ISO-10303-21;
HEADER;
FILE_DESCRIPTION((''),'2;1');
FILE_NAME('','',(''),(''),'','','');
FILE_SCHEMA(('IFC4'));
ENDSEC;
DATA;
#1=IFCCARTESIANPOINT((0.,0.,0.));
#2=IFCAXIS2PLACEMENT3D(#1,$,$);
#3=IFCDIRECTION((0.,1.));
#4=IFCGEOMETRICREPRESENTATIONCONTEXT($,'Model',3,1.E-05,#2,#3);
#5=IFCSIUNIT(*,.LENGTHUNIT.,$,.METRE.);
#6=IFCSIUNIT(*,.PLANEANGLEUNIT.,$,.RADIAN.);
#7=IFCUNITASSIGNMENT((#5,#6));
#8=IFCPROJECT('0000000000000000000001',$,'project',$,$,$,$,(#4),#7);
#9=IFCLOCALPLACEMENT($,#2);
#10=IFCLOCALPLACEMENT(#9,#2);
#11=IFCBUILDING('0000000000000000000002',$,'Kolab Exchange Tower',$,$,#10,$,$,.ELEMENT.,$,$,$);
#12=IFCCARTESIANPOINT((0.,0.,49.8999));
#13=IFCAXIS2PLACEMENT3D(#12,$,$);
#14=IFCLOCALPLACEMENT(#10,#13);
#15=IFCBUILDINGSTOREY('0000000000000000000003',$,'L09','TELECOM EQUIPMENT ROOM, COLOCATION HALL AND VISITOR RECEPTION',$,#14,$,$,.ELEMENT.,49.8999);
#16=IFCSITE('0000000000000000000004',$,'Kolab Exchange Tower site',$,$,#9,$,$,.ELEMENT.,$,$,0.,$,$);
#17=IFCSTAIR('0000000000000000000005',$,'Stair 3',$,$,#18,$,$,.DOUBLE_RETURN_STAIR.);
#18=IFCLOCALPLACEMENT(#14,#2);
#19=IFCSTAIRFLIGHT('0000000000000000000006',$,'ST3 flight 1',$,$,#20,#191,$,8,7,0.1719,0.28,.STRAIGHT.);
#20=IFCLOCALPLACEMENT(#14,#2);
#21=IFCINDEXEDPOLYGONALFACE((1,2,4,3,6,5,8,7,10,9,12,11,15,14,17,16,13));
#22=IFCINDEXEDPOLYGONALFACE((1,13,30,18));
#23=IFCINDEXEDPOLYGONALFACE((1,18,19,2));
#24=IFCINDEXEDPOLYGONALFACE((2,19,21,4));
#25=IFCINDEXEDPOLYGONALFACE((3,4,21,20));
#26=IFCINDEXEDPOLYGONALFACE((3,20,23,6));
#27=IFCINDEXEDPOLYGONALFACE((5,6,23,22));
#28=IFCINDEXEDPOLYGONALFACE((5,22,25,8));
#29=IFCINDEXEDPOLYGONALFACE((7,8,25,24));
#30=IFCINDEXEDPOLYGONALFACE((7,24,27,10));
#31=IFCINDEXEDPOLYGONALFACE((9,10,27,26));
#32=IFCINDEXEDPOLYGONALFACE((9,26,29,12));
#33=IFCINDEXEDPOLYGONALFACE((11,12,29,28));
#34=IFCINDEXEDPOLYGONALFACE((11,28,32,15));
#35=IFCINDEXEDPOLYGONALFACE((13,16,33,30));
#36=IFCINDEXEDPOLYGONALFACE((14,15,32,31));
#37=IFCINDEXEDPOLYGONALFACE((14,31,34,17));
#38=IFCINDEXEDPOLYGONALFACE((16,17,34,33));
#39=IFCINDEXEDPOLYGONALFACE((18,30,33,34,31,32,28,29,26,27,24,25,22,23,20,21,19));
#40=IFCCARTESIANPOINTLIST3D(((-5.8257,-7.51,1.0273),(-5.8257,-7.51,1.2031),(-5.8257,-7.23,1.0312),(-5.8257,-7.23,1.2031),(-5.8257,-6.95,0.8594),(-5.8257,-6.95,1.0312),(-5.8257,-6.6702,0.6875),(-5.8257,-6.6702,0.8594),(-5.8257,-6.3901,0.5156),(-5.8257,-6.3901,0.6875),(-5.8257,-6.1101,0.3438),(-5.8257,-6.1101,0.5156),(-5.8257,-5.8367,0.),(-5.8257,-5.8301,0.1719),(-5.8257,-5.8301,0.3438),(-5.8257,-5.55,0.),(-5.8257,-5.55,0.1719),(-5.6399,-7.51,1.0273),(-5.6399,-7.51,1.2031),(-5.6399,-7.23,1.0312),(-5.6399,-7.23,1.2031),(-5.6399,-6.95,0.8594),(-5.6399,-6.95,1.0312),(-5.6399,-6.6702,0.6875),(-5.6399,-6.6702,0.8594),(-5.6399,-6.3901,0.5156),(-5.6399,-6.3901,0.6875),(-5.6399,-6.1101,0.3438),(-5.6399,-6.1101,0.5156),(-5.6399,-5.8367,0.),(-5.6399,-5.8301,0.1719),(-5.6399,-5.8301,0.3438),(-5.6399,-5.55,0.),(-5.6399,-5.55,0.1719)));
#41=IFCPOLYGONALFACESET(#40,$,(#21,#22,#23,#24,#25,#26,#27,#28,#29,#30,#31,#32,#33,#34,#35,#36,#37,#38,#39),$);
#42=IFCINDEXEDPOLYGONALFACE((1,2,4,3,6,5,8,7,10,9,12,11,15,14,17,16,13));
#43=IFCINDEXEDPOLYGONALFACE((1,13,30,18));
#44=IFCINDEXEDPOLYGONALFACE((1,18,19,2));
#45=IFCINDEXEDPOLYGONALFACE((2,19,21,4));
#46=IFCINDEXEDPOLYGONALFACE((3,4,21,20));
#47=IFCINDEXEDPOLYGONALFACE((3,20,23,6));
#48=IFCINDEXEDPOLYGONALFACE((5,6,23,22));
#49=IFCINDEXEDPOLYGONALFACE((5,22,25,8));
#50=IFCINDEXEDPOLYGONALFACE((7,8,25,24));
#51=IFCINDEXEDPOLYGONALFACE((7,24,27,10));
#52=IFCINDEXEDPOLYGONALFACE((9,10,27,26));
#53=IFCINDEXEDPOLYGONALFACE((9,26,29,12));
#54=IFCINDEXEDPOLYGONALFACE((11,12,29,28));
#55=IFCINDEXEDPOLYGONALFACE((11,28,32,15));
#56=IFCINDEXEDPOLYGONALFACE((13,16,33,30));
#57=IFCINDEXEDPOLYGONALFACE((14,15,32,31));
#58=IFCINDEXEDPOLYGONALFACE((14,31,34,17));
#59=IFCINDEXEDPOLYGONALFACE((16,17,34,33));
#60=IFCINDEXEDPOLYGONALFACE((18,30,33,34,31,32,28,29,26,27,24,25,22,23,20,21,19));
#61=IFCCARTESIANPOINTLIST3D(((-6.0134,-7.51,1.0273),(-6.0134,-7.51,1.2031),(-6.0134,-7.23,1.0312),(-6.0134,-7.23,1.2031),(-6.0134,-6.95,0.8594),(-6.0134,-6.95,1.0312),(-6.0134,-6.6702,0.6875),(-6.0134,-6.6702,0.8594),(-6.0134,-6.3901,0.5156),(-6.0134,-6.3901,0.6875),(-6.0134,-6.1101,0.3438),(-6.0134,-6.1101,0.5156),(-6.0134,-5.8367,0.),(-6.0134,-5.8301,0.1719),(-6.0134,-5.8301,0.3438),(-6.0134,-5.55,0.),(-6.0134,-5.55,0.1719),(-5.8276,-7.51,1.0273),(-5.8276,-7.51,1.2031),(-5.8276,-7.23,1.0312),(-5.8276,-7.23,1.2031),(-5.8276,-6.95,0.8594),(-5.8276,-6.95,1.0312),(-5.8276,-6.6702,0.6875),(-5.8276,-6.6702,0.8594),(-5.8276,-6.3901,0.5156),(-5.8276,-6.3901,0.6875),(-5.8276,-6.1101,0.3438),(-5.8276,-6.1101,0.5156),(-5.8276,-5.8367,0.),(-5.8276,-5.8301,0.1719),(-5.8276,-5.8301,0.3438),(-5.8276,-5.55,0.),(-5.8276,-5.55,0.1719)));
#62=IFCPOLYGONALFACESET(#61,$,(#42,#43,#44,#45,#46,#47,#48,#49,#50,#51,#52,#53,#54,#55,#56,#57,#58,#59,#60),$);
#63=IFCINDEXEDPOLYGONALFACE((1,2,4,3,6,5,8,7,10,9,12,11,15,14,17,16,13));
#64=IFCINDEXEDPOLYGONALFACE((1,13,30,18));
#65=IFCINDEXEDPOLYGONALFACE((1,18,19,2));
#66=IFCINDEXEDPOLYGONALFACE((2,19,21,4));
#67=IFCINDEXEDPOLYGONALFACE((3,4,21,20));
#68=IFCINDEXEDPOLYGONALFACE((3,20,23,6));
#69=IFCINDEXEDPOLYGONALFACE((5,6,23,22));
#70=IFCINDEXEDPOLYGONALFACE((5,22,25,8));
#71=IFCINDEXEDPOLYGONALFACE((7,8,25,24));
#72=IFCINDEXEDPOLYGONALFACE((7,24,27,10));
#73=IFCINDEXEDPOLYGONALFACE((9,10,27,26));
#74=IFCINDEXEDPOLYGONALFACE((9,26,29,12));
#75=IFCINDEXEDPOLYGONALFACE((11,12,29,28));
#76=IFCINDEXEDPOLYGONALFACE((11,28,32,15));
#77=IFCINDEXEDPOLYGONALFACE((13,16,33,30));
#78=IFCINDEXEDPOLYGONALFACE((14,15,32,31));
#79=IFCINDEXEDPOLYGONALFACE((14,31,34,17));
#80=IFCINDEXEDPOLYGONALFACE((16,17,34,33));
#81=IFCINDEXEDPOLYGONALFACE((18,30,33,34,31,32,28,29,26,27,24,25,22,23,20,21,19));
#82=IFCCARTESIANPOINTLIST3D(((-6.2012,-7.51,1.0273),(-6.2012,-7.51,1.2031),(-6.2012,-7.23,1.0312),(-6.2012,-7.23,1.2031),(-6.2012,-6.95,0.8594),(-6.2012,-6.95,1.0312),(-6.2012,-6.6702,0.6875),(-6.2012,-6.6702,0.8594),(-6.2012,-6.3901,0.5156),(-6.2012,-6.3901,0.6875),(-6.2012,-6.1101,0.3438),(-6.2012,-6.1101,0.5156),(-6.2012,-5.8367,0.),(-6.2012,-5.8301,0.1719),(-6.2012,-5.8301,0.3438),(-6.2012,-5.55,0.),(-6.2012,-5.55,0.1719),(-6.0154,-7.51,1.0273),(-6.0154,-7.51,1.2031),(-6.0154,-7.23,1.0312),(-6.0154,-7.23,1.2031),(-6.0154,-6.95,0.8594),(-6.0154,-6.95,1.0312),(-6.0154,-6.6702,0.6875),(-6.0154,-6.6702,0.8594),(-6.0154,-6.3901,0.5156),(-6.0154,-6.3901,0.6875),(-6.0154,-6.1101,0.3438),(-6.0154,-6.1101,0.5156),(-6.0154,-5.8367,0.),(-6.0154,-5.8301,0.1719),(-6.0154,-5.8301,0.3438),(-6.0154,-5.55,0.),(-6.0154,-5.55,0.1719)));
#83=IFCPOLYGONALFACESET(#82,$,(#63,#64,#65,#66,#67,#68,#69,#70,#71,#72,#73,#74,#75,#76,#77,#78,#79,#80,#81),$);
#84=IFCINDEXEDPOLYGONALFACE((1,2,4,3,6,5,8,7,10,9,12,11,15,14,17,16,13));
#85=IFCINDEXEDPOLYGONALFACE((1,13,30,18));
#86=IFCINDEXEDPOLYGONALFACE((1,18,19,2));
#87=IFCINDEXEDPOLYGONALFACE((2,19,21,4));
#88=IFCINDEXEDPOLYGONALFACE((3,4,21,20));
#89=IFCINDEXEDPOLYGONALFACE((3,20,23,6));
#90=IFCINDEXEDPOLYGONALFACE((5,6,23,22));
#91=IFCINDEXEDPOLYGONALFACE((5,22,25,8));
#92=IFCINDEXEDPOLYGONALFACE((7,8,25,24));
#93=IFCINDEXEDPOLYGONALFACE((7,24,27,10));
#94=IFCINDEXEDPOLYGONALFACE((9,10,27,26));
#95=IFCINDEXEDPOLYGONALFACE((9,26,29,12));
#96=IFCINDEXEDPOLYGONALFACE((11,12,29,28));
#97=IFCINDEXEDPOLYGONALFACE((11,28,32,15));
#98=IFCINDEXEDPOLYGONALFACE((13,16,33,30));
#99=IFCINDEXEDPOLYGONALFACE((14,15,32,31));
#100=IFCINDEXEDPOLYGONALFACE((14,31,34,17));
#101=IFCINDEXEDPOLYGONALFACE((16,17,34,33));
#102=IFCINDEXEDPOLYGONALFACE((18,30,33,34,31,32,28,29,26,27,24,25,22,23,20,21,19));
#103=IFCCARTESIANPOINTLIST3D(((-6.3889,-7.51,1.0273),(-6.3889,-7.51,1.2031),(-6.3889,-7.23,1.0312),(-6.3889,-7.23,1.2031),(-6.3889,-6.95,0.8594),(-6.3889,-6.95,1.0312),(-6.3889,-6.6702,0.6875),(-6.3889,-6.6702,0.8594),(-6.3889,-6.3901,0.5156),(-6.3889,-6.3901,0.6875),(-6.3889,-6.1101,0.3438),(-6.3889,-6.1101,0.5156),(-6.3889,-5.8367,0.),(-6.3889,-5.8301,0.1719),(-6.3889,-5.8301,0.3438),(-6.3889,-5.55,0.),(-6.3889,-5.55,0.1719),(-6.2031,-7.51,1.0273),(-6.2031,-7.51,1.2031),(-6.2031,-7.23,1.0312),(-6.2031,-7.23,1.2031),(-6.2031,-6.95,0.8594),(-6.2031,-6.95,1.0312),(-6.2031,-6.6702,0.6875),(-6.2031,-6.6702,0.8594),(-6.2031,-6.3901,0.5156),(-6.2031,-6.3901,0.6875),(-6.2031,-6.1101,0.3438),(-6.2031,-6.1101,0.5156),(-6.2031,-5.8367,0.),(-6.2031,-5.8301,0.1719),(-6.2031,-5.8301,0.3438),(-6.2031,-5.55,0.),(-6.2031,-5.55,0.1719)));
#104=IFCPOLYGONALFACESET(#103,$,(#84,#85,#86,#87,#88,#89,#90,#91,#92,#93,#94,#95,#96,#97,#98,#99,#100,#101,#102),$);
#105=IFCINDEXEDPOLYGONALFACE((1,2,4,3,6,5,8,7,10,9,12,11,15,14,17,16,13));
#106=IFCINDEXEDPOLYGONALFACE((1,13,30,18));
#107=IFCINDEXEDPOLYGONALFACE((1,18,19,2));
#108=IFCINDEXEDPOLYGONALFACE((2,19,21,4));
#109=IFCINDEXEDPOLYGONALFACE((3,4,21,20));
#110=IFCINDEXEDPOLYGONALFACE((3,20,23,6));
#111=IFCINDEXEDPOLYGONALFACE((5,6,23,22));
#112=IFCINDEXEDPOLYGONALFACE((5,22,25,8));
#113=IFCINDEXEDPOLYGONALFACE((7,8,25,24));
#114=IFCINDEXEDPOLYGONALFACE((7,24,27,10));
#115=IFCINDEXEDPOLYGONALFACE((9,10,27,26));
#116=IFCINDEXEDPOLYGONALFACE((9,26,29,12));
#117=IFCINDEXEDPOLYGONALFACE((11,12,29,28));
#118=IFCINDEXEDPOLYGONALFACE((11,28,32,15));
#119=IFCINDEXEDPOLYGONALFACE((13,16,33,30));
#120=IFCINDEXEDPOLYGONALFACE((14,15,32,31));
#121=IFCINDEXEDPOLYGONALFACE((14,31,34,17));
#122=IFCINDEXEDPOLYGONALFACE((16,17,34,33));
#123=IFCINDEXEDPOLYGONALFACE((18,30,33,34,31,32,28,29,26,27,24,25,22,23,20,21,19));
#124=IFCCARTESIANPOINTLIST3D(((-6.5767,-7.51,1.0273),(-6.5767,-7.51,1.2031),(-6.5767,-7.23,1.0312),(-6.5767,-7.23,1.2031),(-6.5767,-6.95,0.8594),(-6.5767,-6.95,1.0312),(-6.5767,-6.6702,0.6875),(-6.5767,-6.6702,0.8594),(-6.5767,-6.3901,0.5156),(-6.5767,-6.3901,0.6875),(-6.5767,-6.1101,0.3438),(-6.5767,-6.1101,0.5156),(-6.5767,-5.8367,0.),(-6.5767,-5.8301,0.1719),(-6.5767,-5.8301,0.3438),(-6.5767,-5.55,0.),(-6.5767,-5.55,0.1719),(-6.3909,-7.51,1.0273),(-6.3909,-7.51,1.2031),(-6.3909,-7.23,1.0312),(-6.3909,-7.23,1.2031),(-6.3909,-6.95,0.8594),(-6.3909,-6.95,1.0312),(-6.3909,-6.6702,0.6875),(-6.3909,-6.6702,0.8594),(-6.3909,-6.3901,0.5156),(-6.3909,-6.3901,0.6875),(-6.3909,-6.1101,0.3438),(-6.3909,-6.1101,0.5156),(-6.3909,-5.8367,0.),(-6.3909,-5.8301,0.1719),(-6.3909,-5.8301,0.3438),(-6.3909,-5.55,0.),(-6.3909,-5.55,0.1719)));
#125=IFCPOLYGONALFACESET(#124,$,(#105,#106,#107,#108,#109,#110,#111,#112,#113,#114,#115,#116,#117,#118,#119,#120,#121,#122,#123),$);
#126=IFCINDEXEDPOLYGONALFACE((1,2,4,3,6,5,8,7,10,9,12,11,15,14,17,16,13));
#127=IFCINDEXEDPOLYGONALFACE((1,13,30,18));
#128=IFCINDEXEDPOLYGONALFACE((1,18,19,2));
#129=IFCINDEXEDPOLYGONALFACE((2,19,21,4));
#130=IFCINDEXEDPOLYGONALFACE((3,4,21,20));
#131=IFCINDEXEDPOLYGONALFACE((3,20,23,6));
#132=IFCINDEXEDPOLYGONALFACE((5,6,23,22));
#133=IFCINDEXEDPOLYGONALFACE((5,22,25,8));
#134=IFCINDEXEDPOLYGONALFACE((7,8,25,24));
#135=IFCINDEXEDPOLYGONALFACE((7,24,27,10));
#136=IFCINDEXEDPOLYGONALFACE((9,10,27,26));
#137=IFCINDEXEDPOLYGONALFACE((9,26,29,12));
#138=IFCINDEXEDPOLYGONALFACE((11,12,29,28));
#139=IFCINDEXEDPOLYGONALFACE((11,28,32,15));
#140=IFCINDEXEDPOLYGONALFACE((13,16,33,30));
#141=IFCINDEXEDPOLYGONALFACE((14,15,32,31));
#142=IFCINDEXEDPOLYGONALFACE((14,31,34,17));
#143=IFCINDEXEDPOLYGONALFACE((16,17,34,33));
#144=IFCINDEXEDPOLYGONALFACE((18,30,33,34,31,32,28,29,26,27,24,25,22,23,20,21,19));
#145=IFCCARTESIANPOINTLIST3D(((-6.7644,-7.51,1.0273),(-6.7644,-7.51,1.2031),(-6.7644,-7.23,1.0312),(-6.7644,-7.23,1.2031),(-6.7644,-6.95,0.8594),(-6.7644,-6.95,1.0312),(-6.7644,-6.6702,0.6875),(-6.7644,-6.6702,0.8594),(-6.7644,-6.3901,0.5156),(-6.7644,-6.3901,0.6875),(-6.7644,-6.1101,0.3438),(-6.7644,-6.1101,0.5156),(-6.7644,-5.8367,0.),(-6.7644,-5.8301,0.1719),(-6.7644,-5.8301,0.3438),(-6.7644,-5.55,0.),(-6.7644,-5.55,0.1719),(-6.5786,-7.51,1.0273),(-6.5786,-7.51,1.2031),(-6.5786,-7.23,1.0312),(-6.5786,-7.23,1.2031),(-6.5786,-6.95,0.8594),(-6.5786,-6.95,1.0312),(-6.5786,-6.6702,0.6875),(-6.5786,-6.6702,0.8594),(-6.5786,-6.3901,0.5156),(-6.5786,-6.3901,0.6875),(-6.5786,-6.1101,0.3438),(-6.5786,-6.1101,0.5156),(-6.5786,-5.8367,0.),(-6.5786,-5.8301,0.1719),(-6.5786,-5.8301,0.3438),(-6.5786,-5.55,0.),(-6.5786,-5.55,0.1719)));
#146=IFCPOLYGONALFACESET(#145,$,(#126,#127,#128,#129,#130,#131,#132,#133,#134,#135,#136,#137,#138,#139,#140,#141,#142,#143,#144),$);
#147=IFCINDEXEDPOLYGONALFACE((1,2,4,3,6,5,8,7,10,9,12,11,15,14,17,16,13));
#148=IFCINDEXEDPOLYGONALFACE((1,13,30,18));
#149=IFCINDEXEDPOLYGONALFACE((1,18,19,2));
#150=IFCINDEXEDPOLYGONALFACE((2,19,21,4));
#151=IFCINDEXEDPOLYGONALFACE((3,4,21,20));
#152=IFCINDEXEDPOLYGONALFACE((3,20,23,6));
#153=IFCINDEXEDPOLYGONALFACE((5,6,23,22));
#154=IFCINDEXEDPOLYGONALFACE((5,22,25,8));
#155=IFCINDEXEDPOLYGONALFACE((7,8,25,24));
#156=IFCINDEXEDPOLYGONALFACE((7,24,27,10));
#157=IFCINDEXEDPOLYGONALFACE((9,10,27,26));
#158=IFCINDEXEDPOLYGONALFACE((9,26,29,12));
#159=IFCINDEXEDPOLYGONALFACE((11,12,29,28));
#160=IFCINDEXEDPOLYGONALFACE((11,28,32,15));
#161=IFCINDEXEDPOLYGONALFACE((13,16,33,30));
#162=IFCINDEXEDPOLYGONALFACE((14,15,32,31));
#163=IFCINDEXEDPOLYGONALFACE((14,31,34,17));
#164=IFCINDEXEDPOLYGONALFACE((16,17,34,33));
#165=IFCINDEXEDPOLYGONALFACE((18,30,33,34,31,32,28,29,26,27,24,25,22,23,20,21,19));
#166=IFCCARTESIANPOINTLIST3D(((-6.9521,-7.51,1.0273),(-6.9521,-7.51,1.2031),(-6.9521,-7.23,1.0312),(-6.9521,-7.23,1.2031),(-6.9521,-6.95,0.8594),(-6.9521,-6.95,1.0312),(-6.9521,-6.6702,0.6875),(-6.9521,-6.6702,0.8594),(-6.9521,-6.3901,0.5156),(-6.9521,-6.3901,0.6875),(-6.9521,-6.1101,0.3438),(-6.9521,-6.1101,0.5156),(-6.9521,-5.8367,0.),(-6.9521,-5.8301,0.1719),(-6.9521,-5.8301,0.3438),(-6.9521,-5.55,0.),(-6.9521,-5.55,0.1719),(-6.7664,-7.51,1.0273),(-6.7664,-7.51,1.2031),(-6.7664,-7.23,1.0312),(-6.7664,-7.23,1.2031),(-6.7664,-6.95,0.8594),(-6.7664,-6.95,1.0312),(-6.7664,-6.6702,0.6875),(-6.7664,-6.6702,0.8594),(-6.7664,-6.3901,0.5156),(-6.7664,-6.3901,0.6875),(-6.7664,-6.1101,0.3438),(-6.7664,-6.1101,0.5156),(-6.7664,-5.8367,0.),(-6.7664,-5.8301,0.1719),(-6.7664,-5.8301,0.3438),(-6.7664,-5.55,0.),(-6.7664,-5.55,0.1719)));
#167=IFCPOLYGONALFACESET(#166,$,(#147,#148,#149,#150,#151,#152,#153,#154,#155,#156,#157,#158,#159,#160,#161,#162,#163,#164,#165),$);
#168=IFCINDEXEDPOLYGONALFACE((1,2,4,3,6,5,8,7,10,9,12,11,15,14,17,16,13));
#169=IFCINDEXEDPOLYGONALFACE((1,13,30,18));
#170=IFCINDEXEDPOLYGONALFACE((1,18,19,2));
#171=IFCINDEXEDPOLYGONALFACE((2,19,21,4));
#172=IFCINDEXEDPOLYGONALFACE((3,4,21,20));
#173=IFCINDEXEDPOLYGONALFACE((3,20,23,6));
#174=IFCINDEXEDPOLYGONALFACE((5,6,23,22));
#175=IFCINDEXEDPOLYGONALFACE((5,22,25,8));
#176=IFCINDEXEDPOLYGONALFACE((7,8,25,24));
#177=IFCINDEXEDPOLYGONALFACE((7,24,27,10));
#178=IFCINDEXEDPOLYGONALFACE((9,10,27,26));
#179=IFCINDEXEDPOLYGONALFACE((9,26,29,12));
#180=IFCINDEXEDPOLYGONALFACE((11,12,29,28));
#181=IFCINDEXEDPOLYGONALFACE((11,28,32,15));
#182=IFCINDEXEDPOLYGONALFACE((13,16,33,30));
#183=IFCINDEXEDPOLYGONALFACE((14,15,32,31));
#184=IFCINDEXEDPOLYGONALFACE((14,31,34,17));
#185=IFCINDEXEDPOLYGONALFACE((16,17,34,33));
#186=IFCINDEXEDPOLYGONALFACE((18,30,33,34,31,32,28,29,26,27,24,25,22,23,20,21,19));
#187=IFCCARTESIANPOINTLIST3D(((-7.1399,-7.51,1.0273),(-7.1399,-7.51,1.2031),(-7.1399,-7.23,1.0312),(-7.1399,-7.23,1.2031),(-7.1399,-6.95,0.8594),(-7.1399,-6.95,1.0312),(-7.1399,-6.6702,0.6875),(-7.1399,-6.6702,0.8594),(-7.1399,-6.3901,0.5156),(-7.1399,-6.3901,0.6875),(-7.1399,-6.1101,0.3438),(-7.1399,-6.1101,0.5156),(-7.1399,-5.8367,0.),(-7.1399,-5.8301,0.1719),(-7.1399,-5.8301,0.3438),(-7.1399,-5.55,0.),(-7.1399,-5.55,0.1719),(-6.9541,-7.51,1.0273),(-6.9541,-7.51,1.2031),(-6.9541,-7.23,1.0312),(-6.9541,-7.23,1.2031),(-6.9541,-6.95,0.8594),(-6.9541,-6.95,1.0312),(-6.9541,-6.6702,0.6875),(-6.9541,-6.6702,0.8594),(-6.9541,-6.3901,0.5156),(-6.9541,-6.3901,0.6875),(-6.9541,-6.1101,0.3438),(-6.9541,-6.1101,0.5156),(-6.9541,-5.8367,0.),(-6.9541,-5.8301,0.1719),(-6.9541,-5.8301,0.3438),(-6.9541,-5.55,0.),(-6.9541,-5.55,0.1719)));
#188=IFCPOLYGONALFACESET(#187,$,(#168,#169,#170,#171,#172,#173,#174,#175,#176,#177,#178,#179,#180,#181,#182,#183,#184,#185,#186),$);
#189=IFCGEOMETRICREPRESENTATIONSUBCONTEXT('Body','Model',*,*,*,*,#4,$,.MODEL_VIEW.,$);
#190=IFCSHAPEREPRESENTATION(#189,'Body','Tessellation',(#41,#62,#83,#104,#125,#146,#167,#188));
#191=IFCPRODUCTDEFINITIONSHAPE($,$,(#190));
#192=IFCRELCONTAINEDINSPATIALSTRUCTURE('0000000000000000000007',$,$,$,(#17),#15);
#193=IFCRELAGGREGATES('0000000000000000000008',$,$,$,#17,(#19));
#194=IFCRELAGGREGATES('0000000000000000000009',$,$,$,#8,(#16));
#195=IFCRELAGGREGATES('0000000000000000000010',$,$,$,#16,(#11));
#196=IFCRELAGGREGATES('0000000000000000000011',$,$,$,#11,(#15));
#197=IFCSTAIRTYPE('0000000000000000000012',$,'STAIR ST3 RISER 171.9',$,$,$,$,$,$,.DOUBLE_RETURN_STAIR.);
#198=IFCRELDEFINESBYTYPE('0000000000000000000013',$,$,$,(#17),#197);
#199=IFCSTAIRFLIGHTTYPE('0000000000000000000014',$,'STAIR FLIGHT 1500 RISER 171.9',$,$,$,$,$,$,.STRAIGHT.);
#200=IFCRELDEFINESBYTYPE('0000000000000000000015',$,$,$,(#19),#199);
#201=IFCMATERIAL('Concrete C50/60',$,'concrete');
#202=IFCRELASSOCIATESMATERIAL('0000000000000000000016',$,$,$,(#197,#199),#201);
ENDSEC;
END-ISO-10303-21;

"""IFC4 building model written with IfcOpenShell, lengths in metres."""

from ifc_helpers import new_model, si_unit, direction, frame, origin, place, context, subcontext, project, spatial, polyline, outline, extrude, material, type_object, element, aggregate, save


model = new_model("IFC4")

# Units and contexts
model_context = context("Model", 3, precision=1e-05, world=origin(), true_north=direction((0.0, 1.0)))
body_context = subcontext(model_context, "Body", "Model", "MODEL_VIEW")
ifc_project = project(units=[si_unit("LENGTHUNIT", "METRE"), si_unit("PLANEANGLEUNIT", "RADIAN")], contexts=[model_context])

# Site, building, storey
site_placement = place(None, origin())
site = spatial("IfcSite", under=ifc_project, at=site_placement, Name="Kolab Exchange Tower site", CompositionType="ELEMENT", RefElevation=0.0)
building_placement = place(site_placement, origin())
building = spatial("IfcBuilding", under=site, at=building_placement, Name="Kolab Exchange Tower", CompositionType="ELEMENT")
storey_placement = place(building_placement, frame((0.0, 0.0, 49.8999)))
storey = spatial("IfcBuildingStorey", under=building, at=storey_placement, Name="L09", Description="TELECOM EQUIPMENT ROOM, COLOCATION HALL AND VISITOR RECEPTION", CompositionType="ELEMENT", Elevation=49.8999)

# Shared definitions
ifc_material_1 = material(Name="Concrete C50/60", Category="concrete")

# Stair, stair flight
stair_type = type_object("IfcStairType", Name="STAIR ST3 RISER 171.9", PredefinedType="DOUBLE_RETURN_STAIR", material=ifc_material_1)
stair_placement = place(storey_placement, origin())
stair = element("IfcStair", 1, at=stair_placement, inside=storey, type_object=stair_type, Name="Stair 3", PredefinedType="DOUBLE_RETURN_STAIR")
stair_flight_type = type_object("IfcStairFlightType", Name="STAIR FLIGHT 1500 RISER 171.9", PredefinedType="STRAIGHT", material=ifc_material_1)
stair_flight_1_placement = place(storey_placement, frame((-6.3899, -5.55, 0.0), z_axis=(0.0, 0.0, 1.0), x_axis=(0.0, -1.0, 0.0)))
stair_flight_1 = element("IfcStairFlight", 2, at=stair_flight_1_placement, type_object=stair_flight_type, Name="ST3 flight 1", NumberOfRisers=8, NumberOfTreads=7, PredefinedType="STRAIGHT", RiserHeight=0.1719, TreadLength=0.28, context=body_context, shape_type="SweptSolid", body=[
    extrude(outline(polyline([(0.0, 0.0), (0.0, 0.1719), (0.28, 0.1719), (0.28, 0.3438), (0.5601, 0.3438), (0.5601, 0.5156), (0.8401, 0.5156), (0.8401, 0.6875), (1.1201, 0.6875), (1.1201, 0.8594), (1.3999, 0.8594), (1.3999, 1.0312), (1.6799, 1.0312), (1.6799, 1.2031), (1.96, 1.2031), (1.96, 1.375), (1.96, 1.0273), (0.2866, 0.0), (0.0, 0.0)])), frame((0.0, 0.75, 0.0), z_axis=(0.0, -1.0, 0.0), x_axis=(1.0, 0.0, 0.0)), (0.0, 0.0, 1.0), 0.1858),
    extrude(outline(polyline([(0.0, 0.0), (0.0, 0.1719), (0.28, 0.1719), (0.28, 0.3438), (0.5601, 0.3438), (0.5601, 0.5156), (0.8401, 0.5156), (0.8401, 0.6875), (1.1201, 0.6875), (1.1201, 0.8594), (1.3999, 0.8594), (1.3999, 1.0312), (1.6799, 1.0312), (1.6799, 1.2031), (1.96, 1.2031), (1.96, 1.375), (1.96, 1.0273), (0.2866, 0.0), (0.0, 0.0)])), frame((0.0, 0.5623, 0.0), z_axis=(0.0, -1.0, 0.0), x_axis=(1.0, 0.0, 0.0)), (0.0, 0.0, 1.0), 0.1858),
    extrude(outline(polyline([(0.0, 0.0), (0.0, 0.1719), (0.28, 0.1719), (0.28, 0.3438), (0.5601, 0.3438), (0.5601, 0.5156), (0.8401, 0.5156), (0.8401, 0.6875), (1.1201, 0.6875), (1.1201, 0.8594), (1.3999, 0.8594), (1.3999, 1.0312), (1.6799, 1.0312), (1.6799, 1.2031), (1.96, 1.2031), (1.96, 1.375), (1.96, 1.0273), (0.2866, 0.0), (0.0, 0.0)])), frame((0.0, 0.3745, 0.0), z_axis=(0.0, -1.0, 0.0), x_axis=(1.0, 0.0, 0.0)), (0.0, 0.0, 1.0), 0.1858),
    extrude(outline(polyline([(0.0, 0.0), (0.0, 0.1719), (0.28, 0.1719), (0.28, 0.3438), (0.5601, 0.3438), (0.5601, 0.5156), (0.8401, 0.5156), (0.8401, 0.6875), (1.1201, 0.6875), (1.1201, 0.8594), (1.3999, 0.8594), (1.3999, 1.0312), (1.6799, 1.0312), (1.6799, 1.2031), (1.96, 1.2031), (1.96, 1.375), (1.96, 1.0273), (0.2866, 0.0), (0.0, 0.0)])), frame((0.0, 0.1868, 0.0), z_axis=(0.0, -1.0, 0.0), x_axis=(1.0, 0.0, 0.0)), (0.0, 0.0, 1.0), 0.1858),
    extrude(outline(polyline([(0.0, 0.0), (0.0, 0.1719), (0.28, 0.1719), (0.28, 0.3438), (0.5601, 0.3438), (0.5601, 0.5156), (0.8401, 0.5156), (0.8401, 0.6875), (1.1201, 0.6875), (1.1201, 0.8594), (1.3999, 0.8594), (1.3999, 1.0312), (1.6799, 1.0312), (1.6799, 1.2031), (1.96, 1.2031), (1.96, 1.375), (1.96, 1.0273), (0.2866, 0.0), (0.0, 0.0)])), frame((0.0, -0.001, 0.0), z_axis=(0.0, -1.0, 0.0), x_axis=(1.0, 0.0, 0.0)), (0.0, 0.0, 1.0), 0.1858),
    extrude(outline(polyline([(0.0, 0.0), (0.0, 0.1719), (0.28, 0.1719), (0.28, 0.3438), (0.5601, 0.3438), (0.5601, 0.5156), (0.8401, 0.5156), (0.8401, 0.6875), (1.1201, 0.6875), (1.1201, 0.8594), (1.3999, 0.8594), (1.3999, 1.0312), (1.6799, 1.0312), (1.6799, 1.2031), (1.96, 1.2031), (1.96, 1.375), (1.96, 1.0273), (0.2866, 0.0), (0.0, 0.0)])), frame((0.0, -0.1887, 0.0), z_axis=(0.0, -1.0, 0.0), x_axis=(1.0, 0.0, 0.0)), (0.0, 0.0, 1.0), 0.1858),
    extrude(outline(polyline([(0.0, 0.0), (0.0, 0.1719), (0.28, 0.1719), (0.28, 0.3438), (0.5601, 0.3438), (0.5601, 0.5156), (0.8401, 0.5156), (0.8401, 0.6875), (1.1201, 0.6875), (1.1201, 0.8594), (1.3999, 0.8594), (1.3999, 1.0312), (1.6799, 1.0312), (1.6799, 1.2031), (1.96, 1.2031), (1.96, 1.375), (1.96, 1.0273), (0.2866, 0.0), (0.0, 0.0)])), frame((0.0, -0.3765, 0.0), z_axis=(0.0, -1.0, 0.0), x_axis=(1.0, 0.0, 0.0)), (0.0, 0.0, 1.0), 0.1858),
    extrude(outline(polyline([(0.0, 0.0), (0.0, 0.1719), (0.28, 0.1719), (0.28, 0.3438), (0.5601, 0.3438), (0.5601, 0.5156), (0.8401, 0.5156), (0.8401, 0.6875), (1.1201, 0.6875), (1.1201, 0.8594), (1.3999, 0.8594), (1.3999, 1.0312), (1.6799, 1.0312), (1.6799, 1.2031), (1.96, 1.2031), (1.96, 1.375), (1.96, 1.0273), (0.2866, 0.0), (0.0, 0.0)])), frame((0.0, -0.5642, 0.0), z_axis=(0.0, -1.0, 0.0), x_axis=(1.0, 0.0, 0.0)), (0.0, 0.0, 1.0), 0.1858),
])
aggregate(stair, [stair_flight_1])

save(model, "model.ifc")
